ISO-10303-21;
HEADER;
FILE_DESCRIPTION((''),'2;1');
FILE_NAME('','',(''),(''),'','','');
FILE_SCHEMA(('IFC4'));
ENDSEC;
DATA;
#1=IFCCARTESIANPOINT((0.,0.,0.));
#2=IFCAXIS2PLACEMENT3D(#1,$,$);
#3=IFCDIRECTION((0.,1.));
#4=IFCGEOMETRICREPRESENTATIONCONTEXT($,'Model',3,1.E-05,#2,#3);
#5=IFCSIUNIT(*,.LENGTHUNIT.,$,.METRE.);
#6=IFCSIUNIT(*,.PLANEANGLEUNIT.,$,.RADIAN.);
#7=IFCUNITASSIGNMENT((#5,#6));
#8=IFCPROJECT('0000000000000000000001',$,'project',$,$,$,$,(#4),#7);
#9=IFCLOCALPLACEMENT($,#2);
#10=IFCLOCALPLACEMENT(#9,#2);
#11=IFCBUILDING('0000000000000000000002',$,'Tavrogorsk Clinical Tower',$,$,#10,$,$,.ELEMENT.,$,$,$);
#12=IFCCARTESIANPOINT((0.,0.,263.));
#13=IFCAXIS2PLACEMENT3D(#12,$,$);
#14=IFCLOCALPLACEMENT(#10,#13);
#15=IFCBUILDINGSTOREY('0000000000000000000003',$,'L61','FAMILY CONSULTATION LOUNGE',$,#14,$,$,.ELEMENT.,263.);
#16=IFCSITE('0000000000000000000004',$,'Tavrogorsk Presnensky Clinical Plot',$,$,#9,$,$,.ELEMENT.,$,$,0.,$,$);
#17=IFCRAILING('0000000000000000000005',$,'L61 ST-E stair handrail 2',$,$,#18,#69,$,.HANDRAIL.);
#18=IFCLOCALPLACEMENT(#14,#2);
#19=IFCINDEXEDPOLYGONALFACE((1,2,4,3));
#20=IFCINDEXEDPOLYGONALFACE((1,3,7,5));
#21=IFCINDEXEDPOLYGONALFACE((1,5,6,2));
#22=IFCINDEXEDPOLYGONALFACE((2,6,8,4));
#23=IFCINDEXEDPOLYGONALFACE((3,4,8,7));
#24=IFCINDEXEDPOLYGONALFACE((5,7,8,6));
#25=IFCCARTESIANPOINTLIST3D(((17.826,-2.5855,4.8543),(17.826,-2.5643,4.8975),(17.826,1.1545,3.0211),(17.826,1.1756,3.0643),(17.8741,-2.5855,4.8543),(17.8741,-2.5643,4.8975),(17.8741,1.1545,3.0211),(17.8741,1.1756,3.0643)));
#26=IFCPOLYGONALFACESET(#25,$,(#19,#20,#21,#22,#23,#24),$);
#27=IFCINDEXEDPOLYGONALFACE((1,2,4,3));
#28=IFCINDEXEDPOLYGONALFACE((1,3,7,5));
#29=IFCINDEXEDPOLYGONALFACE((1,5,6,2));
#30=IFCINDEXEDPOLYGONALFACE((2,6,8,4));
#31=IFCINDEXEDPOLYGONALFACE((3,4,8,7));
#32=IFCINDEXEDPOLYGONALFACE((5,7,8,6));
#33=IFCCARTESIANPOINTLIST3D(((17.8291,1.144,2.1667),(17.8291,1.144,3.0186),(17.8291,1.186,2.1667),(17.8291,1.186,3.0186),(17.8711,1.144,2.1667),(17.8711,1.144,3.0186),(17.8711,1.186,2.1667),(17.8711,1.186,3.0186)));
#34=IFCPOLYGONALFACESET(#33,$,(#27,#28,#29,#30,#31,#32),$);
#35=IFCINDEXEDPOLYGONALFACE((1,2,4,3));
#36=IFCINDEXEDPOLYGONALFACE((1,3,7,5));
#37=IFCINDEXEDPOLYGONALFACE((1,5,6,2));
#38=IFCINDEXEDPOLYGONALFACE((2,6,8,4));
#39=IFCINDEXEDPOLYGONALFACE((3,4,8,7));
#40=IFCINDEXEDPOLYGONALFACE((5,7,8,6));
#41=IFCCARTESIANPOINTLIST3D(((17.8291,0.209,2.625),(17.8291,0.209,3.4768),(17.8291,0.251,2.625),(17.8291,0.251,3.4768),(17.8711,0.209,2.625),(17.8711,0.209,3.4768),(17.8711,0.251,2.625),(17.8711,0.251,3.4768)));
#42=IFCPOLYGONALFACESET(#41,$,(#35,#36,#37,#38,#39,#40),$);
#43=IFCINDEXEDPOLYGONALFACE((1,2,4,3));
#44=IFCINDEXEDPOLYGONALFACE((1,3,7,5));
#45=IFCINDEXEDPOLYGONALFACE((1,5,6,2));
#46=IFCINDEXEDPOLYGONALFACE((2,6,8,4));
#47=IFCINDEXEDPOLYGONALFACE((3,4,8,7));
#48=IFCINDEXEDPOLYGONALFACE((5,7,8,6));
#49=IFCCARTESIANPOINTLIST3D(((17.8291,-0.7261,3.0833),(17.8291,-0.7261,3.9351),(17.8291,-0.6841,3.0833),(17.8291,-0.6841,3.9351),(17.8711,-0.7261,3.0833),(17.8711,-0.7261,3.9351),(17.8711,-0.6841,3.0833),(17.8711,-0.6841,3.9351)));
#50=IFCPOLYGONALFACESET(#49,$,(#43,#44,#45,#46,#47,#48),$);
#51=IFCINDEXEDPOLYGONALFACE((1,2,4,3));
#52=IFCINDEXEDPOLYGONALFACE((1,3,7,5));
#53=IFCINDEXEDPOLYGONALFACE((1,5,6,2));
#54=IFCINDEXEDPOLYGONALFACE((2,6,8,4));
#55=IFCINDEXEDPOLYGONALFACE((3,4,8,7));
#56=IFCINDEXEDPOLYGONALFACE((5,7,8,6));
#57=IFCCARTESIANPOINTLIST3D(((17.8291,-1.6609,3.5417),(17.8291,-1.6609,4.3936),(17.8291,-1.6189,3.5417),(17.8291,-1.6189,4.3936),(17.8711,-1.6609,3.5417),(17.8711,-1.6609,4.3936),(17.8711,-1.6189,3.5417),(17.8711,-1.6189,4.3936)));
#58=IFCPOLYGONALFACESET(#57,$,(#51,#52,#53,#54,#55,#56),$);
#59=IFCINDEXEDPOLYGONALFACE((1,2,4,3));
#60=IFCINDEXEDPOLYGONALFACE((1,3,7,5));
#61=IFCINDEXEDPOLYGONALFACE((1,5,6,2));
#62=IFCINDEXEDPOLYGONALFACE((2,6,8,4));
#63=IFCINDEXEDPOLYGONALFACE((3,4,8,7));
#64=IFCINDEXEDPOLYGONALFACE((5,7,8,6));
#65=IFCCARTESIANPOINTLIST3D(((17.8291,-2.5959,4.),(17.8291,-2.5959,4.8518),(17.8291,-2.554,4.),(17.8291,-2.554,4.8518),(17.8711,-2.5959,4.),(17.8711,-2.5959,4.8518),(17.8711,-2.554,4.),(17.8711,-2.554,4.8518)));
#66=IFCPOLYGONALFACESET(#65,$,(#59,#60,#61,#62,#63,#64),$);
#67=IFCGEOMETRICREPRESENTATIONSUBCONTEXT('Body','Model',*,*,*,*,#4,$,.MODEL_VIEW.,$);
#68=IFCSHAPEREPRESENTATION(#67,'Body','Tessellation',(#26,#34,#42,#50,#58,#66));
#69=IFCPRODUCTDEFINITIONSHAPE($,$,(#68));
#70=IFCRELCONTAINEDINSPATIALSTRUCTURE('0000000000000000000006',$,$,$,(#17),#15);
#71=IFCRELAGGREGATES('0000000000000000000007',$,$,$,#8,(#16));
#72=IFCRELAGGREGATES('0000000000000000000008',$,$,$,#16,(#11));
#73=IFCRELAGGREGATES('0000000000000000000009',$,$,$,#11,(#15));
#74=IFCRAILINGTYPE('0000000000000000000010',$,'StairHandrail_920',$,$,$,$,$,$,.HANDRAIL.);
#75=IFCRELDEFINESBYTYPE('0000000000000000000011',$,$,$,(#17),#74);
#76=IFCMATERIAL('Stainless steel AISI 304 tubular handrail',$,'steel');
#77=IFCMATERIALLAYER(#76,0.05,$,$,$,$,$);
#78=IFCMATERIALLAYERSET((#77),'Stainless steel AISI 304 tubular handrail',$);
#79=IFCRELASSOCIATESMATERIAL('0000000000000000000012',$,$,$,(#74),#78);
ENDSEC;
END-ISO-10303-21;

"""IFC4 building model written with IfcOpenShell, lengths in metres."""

from ifc_helpers import new_model, si_unit, direction, frame, origin, origin_2d, place, context, subcontext, project, spatial, rectangle, extrude, material, layer, layer_set, type_object, element, save


model = new_model("IFC4")

# Units and contexts
model_context = context("Model", 3, precision=1e-05, world=origin(), true_north=direction((0.0, 1.0)))
body_context = subcontext(model_context, "Body", "Model", "MODEL_VIEW")
ifc_project = project(units=[si_unit("LENGTHUNIT", "METRE"), si_unit("PLANEANGLEUNIT", "RADIAN")], contexts=[model_context])

# Site, building, storey
site_placement = place(None, origin())
site = spatial("IfcSite", under=ifc_project, at=site_placement, Name="Tavrogorsk Presnensky Clinical Plot", CompositionType="ELEMENT", RefElevation=0.0)
building_placement = place(site_placement, origin())
building = spatial("IfcBuilding", under=site, at=building_placement, Name="Tavrogorsk Clinical Tower", CompositionType="ELEMENT")
storey_placement = place(building_placement, frame((0.0, 0.0, 263.0)))
storey = spatial("IfcBuildingStorey", under=building, at=storey_placement, Name="L61", Description="FAMILY CONSULTATION LOUNGE", CompositionType="ELEMENT", Elevation=263.0)

# Railing
ifc_material_1 = material(Name="Stainless steel AISI 304 tubular handrail", Category="steel")
ifc_layer_1 = layer(ifc_material_1, 0.05)
ifc_layer_set_1 = layer_set([ifc_layer_1], Name="Stainless steel AISI 304 tubular handrail")
railing_type_1 = type_object("IfcRailingType", Name="StairHandrail_920", PredefinedType="HANDRAIL", material=ifc_layer_set_1)
railing_1_placement = place(storey_placement, frame((17.8501, 1.165, 2.1667)))
element("IfcRailing", 1, at=railing_1_placement, inside=storey, type_object=railing_type_1, Name="L61 ST-E stair handrail 2", PredefinedType="HANDRAIL", context=body_context, shape_type="SweptSolid", body=[
    extrude(rectangle(XDim=0.0481, YDim=0.0481, at=origin_2d()), frame((0.0, 0.0, 0.876), z_axis=(0.0, -0.897928, 0.440142), x_axis=(1.0, 0.0, 0.0)), (0.0, 0.0, 1.0), 4.165),
    extrude(rectangle(XDim=0.042, YDim=0.042, at=origin_2d()), origin(), (0.0, 0.0, 1.0), 0.8518),
    extrude(rectangle(XDim=0.042, YDim=0.042, at=origin_2d()), frame((0.0, -0.9351, 0.4583)), (0.0, 0.0, 1.0), 0.8518),
    extrude(rectangle(XDim=0.042, YDim=0.042, at=origin_2d()), frame((0.0, -1.8701, 0.9165)), (0.0, 0.0, 1.0), 0.8518),
    extrude(rectangle(XDim=0.042, YDim=0.042, at=origin_2d()), frame((0.0, -2.8049, 1.375)), (0.0, 0.0, 1.0), 0.8518),
    extrude(rectangle(XDim=0.042, YDim=0.042, at=origin_2d()), frame((0.0, -3.74, 1.8333)), (0.0, 0.0, 1.0), 0.8518),
])

save(model, "model.ifc")
